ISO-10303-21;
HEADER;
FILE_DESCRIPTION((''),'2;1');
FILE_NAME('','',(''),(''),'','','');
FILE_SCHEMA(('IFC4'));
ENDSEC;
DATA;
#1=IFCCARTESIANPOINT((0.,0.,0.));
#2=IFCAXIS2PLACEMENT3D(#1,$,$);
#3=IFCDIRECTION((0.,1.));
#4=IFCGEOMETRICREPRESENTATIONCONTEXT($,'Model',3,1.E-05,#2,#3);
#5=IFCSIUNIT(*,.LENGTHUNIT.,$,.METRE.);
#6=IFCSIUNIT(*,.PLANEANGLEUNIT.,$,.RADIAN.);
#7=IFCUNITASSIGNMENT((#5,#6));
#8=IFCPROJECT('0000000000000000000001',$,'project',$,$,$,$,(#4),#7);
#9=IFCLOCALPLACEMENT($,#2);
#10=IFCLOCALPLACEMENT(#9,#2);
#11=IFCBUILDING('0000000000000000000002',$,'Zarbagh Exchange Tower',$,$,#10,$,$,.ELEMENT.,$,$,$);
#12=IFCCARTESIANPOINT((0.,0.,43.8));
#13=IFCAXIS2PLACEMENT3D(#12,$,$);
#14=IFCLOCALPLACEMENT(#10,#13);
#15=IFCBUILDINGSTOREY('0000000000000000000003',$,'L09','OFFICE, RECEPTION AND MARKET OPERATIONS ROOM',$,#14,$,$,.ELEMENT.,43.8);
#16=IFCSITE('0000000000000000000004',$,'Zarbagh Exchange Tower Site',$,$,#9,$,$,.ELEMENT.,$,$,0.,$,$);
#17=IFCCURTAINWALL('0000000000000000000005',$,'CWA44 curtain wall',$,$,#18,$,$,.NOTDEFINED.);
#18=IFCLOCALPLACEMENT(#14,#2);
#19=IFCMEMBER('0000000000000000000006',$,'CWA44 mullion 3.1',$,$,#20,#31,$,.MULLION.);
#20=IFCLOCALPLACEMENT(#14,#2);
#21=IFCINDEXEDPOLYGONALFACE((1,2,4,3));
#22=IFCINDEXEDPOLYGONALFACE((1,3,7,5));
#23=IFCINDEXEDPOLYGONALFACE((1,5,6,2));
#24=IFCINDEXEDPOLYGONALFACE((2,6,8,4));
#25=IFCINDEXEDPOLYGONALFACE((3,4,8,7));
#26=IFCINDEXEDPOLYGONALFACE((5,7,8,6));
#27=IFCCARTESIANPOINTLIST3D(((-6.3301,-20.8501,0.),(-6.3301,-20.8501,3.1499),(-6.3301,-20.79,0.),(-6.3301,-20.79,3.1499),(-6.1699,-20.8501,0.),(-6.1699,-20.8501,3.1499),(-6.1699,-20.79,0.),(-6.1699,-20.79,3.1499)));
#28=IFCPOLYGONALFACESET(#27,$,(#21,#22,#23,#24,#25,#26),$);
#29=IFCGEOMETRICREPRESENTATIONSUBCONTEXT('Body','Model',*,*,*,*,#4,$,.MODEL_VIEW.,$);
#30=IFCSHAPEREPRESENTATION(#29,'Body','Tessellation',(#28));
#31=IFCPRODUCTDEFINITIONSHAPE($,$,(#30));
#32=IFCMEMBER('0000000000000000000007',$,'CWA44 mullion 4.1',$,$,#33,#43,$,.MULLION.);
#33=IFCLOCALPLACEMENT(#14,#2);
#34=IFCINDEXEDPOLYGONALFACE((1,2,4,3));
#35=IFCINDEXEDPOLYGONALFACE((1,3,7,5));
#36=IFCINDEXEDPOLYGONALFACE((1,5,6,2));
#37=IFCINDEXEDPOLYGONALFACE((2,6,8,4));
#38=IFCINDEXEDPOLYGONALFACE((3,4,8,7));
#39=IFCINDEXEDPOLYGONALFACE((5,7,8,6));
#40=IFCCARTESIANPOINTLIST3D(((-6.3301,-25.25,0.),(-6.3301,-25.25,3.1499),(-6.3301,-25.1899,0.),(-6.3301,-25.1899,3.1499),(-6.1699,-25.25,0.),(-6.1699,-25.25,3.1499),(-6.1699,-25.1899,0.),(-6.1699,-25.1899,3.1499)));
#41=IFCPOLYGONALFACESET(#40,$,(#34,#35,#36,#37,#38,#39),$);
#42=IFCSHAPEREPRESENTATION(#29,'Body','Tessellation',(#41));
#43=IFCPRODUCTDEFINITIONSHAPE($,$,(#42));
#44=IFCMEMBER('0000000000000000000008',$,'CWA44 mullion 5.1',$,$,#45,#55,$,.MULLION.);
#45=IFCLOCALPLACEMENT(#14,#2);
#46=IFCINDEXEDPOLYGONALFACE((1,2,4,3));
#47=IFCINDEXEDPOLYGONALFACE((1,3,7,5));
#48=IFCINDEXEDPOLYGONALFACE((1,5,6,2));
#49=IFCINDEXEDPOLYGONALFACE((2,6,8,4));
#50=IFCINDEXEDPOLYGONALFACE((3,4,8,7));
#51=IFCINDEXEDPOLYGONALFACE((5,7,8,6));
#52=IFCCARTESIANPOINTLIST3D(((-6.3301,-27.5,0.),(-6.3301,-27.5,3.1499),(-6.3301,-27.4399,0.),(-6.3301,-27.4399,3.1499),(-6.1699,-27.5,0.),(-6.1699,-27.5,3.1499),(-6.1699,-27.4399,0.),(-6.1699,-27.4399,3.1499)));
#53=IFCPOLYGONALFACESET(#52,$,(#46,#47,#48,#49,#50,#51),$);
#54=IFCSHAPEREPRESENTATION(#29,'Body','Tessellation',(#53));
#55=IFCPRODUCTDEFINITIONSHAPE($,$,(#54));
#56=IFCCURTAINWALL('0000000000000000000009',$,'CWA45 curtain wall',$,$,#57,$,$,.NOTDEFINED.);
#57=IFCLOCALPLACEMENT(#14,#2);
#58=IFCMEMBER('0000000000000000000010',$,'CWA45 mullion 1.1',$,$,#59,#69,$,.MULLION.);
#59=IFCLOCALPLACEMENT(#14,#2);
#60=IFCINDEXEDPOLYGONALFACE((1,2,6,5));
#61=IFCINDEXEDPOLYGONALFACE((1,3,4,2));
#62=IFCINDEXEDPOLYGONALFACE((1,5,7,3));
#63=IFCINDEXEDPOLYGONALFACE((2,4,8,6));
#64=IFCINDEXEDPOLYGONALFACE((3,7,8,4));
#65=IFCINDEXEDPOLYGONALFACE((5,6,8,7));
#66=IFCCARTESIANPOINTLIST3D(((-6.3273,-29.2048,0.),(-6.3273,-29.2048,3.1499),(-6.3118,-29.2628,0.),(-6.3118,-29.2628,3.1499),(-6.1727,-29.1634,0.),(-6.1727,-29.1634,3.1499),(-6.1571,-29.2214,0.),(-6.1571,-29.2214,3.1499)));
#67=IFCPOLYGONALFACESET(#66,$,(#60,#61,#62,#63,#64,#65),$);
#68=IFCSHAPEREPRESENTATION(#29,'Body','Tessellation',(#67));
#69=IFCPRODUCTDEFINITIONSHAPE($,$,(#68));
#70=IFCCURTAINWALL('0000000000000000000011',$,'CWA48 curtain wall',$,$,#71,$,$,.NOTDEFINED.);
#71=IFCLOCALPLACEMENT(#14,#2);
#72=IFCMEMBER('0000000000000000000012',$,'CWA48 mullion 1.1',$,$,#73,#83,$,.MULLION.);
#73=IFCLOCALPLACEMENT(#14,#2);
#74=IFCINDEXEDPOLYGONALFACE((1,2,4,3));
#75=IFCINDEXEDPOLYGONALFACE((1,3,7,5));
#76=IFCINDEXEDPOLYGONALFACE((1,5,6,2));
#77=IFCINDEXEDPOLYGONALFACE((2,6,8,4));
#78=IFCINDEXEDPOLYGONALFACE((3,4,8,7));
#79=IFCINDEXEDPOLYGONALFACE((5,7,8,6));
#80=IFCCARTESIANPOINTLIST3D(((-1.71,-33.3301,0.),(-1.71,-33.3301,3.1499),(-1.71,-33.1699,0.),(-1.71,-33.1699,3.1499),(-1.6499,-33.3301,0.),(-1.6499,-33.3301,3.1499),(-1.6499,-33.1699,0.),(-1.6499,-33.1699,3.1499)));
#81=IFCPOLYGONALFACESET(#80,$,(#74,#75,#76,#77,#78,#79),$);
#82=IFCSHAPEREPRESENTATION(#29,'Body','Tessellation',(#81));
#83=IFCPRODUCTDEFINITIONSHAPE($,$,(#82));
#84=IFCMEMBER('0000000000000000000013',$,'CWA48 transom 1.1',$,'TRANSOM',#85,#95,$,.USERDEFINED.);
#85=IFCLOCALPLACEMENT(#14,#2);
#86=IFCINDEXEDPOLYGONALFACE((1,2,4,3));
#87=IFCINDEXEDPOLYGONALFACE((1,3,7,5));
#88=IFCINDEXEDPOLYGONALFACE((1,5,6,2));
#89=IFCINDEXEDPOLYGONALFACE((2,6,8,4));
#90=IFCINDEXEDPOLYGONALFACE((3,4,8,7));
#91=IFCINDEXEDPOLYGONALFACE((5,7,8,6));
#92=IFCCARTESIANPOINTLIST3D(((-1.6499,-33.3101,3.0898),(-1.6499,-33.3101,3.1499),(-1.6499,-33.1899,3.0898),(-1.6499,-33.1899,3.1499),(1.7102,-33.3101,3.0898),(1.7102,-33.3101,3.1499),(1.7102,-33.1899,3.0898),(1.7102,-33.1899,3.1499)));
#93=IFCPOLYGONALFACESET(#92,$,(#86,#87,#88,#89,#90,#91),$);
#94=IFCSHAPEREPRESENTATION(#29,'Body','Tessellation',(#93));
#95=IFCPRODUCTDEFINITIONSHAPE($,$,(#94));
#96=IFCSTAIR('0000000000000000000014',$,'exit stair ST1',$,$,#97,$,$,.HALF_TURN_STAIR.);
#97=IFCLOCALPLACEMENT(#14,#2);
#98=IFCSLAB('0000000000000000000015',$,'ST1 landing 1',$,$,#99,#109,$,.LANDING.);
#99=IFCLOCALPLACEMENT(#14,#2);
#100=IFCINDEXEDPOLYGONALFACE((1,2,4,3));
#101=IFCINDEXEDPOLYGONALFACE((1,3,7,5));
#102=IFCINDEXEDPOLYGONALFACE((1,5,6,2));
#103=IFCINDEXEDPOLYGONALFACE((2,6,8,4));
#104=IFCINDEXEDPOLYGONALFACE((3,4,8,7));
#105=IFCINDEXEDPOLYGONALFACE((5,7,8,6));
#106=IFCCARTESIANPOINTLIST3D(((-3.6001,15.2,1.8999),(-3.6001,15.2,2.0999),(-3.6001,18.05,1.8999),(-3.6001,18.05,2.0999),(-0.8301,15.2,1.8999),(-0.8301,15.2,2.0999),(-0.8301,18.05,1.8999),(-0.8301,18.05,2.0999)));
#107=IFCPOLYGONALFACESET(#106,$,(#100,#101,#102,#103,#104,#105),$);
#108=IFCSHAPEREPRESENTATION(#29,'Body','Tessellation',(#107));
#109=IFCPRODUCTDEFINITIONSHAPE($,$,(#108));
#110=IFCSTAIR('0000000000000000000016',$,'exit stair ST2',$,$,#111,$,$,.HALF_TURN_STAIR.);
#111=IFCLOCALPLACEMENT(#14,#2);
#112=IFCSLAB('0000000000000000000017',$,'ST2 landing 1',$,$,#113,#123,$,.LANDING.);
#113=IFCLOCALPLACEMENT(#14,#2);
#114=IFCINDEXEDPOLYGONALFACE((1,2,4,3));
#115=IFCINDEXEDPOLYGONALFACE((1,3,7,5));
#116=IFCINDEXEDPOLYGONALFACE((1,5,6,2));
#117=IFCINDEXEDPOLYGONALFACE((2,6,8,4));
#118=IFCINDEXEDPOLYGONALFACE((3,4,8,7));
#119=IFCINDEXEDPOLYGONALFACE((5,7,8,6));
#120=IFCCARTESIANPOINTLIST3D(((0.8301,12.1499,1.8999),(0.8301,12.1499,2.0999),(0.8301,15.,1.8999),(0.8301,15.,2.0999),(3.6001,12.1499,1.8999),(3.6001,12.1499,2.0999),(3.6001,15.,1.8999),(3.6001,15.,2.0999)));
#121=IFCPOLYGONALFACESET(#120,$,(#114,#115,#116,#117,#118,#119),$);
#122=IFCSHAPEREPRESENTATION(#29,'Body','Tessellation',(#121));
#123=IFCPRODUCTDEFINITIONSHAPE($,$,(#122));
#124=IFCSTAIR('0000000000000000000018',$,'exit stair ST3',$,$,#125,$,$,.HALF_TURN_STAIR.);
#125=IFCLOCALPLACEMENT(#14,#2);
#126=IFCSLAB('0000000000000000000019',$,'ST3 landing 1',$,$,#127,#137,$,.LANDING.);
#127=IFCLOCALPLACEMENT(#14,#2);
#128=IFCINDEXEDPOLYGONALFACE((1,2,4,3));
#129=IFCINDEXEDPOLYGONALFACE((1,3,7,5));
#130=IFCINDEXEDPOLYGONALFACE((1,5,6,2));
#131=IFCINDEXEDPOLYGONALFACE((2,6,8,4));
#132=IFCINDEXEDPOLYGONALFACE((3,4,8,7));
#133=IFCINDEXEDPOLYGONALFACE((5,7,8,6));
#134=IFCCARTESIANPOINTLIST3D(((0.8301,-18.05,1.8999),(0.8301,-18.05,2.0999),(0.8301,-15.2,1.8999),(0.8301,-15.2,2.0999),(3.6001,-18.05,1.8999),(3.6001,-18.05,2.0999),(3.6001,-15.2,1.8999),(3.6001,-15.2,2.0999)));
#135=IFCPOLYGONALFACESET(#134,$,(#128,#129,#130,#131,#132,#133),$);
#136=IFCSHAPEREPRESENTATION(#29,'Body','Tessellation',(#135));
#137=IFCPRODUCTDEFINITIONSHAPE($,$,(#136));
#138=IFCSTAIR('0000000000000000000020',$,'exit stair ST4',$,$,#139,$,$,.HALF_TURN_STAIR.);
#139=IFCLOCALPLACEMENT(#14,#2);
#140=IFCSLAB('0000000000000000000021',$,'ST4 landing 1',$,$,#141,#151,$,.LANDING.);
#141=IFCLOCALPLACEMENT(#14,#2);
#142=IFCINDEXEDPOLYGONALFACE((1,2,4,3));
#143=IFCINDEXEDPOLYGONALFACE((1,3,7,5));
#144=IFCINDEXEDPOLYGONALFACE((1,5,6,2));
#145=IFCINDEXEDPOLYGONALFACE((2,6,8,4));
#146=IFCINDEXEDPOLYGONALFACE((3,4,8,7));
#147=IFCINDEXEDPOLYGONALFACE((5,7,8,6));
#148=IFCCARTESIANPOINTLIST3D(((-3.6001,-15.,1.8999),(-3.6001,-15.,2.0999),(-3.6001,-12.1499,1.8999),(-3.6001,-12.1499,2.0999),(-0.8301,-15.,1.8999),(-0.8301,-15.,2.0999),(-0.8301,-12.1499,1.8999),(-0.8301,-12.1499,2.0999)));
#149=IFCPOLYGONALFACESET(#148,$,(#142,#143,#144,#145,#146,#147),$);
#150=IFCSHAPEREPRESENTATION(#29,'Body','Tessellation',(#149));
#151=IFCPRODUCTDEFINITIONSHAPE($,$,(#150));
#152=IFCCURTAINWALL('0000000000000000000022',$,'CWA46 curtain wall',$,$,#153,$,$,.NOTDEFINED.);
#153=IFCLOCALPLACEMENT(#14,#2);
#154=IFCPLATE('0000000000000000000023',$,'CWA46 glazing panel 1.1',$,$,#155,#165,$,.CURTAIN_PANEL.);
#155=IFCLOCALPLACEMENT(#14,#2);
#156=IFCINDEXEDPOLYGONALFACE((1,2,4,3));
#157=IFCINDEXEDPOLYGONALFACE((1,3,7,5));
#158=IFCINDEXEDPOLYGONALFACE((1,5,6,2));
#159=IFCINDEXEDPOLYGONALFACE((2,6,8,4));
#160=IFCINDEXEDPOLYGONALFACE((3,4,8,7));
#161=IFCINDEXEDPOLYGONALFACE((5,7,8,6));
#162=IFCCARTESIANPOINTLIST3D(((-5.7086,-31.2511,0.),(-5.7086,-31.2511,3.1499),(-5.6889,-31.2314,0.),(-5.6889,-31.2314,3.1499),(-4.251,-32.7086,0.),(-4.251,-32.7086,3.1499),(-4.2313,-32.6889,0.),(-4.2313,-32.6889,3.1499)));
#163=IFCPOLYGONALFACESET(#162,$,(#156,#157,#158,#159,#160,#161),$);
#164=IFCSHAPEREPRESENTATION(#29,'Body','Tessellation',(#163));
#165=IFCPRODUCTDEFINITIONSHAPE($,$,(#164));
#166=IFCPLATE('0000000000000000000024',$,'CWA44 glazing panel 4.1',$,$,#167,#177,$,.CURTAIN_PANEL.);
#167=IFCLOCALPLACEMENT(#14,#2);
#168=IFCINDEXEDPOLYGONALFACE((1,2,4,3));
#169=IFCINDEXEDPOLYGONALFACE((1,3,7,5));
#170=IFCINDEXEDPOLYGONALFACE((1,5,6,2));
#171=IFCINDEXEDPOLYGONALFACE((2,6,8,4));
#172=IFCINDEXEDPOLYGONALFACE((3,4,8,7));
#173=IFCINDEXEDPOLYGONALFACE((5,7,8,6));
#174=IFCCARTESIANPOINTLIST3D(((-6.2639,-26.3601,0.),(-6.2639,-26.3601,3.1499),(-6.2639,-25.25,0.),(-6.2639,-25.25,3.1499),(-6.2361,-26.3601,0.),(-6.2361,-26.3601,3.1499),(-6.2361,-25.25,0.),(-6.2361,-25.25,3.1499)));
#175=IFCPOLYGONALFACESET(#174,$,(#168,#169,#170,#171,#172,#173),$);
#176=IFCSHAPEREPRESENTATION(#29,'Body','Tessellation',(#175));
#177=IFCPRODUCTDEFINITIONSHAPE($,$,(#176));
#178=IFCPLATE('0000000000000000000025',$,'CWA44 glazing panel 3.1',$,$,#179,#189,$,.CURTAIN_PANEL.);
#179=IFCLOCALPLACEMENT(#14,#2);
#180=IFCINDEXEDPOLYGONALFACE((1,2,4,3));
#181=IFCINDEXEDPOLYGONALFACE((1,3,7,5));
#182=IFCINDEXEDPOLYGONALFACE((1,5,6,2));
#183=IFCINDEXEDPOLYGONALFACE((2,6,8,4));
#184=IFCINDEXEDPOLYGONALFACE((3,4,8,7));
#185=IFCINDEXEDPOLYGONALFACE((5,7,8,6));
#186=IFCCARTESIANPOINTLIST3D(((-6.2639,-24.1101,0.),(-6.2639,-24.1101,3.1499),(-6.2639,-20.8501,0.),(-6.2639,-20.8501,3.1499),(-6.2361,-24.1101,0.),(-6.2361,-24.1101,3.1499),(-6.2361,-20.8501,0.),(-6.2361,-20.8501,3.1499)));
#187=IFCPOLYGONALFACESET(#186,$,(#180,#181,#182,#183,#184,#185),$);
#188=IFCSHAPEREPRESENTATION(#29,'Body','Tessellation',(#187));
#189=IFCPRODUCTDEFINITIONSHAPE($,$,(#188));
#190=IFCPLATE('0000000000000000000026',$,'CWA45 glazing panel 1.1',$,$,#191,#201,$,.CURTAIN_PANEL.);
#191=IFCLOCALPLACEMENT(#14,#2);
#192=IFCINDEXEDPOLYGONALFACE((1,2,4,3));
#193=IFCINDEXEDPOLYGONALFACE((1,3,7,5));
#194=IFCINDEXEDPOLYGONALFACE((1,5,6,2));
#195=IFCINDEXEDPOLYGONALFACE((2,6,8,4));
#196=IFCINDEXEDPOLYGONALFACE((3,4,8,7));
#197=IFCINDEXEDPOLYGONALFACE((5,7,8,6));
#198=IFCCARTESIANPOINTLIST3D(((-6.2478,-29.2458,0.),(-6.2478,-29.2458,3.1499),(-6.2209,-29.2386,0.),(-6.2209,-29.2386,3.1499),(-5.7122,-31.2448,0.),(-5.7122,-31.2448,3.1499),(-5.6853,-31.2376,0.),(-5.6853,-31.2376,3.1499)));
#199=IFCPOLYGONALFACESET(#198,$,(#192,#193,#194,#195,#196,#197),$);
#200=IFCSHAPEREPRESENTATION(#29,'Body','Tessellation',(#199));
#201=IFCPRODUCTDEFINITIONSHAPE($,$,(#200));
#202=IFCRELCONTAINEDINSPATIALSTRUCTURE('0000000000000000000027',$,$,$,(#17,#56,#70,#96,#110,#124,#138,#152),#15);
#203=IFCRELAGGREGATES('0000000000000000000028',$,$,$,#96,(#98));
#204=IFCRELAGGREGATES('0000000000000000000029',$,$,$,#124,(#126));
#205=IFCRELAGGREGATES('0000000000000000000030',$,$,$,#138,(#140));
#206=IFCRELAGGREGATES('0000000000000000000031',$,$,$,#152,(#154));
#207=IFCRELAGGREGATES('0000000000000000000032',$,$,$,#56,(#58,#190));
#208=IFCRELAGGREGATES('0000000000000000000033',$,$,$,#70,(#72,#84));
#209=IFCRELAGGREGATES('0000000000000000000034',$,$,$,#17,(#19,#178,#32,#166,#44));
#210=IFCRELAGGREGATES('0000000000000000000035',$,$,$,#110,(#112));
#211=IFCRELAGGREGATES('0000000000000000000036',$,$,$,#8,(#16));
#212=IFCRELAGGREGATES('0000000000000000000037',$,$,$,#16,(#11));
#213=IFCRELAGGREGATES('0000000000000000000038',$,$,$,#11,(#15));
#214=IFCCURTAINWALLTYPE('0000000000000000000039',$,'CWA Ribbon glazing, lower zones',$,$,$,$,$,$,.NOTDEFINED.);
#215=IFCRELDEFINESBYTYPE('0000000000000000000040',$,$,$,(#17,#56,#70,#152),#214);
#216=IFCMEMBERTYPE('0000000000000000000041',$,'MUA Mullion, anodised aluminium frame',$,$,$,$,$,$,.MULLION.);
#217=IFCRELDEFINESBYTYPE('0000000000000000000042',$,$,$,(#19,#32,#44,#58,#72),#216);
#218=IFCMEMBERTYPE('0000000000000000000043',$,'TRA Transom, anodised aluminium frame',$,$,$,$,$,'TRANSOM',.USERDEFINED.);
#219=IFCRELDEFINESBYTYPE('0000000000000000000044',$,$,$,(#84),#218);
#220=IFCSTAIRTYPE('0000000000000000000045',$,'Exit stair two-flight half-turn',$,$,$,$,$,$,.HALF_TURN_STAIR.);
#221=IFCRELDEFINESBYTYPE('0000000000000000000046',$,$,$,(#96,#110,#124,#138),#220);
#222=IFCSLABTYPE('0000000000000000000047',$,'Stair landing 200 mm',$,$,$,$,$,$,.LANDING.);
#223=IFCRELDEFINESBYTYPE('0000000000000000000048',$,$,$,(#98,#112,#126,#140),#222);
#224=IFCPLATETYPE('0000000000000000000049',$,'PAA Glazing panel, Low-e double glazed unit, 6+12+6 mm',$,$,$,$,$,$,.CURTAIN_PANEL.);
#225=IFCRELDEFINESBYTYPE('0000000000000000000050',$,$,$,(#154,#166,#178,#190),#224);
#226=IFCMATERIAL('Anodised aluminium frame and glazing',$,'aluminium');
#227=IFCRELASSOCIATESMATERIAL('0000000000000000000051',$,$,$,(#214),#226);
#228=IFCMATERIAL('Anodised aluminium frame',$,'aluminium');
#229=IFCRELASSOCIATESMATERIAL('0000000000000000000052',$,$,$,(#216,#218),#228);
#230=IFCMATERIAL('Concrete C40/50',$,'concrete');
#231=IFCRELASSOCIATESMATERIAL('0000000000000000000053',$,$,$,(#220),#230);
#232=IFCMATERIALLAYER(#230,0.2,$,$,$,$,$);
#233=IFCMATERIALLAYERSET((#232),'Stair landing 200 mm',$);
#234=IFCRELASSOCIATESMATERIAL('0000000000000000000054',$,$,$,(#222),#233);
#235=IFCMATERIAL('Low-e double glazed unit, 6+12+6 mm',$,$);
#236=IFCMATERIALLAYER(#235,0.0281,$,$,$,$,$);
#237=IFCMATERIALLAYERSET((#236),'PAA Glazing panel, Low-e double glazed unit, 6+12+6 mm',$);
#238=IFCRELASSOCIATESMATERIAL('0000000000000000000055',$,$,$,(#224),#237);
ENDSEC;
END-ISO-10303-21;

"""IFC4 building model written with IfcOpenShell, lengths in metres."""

from ifc_helpers import new_model, si_unit, direction, frame, origin, place, context, subcontext, project, spatial, polyline, outline, extrude, source, transform, mapped, material, layer, layer_set, type_object, element, aggregate, save


model = new_model("IFC4")

# Units and contexts
model_context = context("Model", 3, precision=1e-05, world=origin(), true_north=direction((0.0, 1.0)))
body_context = subcontext(model_context, "Body", "Model", "MODEL_VIEW")
ifc_project = project(units=[si_unit("LENGTHUNIT", "METRE"), si_unit("PLANEANGLEUNIT", "RADIAN")], contexts=[model_context])

# Site, building, storey
site_placement = place(None, origin())
site = spatial("IfcSite", under=ifc_project, at=site_placement, Name="Zarbagh Exchange Tower Site", CompositionType="ELEMENT", RefElevation=0.0)
building_placement = place(site_placement, origin())
building = spatial("IfcBuilding", under=site, at=building_placement, Name="Zarbagh Exchange Tower", CompositionType="ELEMENT")
storey_placement = place(building_placement, frame((0.0, 0.0, 43.8)))
storey = spatial("IfcBuildingStorey", under=building, at=storey_placement, Name="L09", Description="OFFICE, RECEPTION AND MARKET OPERATIONS ROOM", CompositionType="ELEMENT", Elevation=43.8)

# Curtain wall, members
ifc_material_1 = material(Name="Anodised aluminium frame and glazing", Category="aluminium")
curtain_wall_type = type_object("IfcCurtainWallType", Name="CWA Ribbon glazing, lower zones", PredefinedType="NOTDEFINED", material=ifc_material_1)
curtain_wall_1_placement = place(storey_placement, origin())
curtain_wall_1 = element("IfcCurtainWall", 1, at=curtain_wall_1_placement, inside=storey, type_object=curtain_wall_type, Name="CWA44 curtain wall", PredefinedType="NOTDEFINED")
ifc_material_2 = material(Name="Anodised aluminium frame", Category="aluminium")
member_type_1 = type_object("IfcMemberType", Name="MUA Mullion, anodised aluminium frame", PredefinedType="MULLION", material=ifc_material_2)
shared_shape_1 = source(origin(), body_context, "Body", "SweptSolid", [
    extrude(outline(polyline([(0.0, -0.0801), (0.0601, -0.0801), (0.0601, 0.0801), (0.0, 0.0801), (0.0, -0.0801)])), origin(), (0.0, 0.0, 1.0), 3.1499),
])
placement = place(storey_placement, origin())
member_1 = element("IfcMember", 2, at=placement, type_object=member_type_1, Name="CWA44 mullion 3.1", PredefinedType="MULLION", context=body_context, shape_type="MappedRepresentation", body=[
    mapped(shared_shape_1, transform((-6.25, -20.79, 0.0), x_axis=(0.0, -1.0, 0.0), y_axis=(1.0, 0.0, 0.0), z_axis=(0.0, 0.0, 1.0))),
])
member_2 = element("IfcMember", 3, at=placement, type_object=member_type_1, Name="CWA44 mullion 4.1", PredefinedType="MULLION", context=body_context, shape_type="MappedRepresentation", body=[
    mapped(shared_shape_1, transform((-6.25, -25.1899, 0.0), x_axis=(0.0, -1.0, 0.0), y_axis=(1.0, 0.0, 0.0), z_axis=(0.0, 0.0, 1.0))),
])
member_3 = element("IfcMember", 4, at=placement, type_object=member_type_1, Name="CWA44 mullion 5.1", PredefinedType="MULLION", context=body_context, shape_type="MappedRepresentation", body=[
    mapped(shared_shape_1, transform((-6.25, -27.4399, 0.0), x_axis=(0.0, -1.0, 0.0), y_axis=(1.0, 0.0, 0.0), z_axis=(0.0, 0.0, 1.0))),
])

# Curtain wall, member
curtain_wall_2_placement = place(storey_placement, origin())
curtain_wall_2 = element("IfcCurtainWall", 5, at=curtain_wall_2_placement, inside=storey, type_object=curtain_wall_type, Name="CWA45 curtain wall", PredefinedType="NOTDEFINED")
member_4 = element("IfcMember", 6, at=placement, type_object=member_type_1, Name="CWA45 mullion 1.1", PredefinedType="MULLION", context=body_context, shape_type="MappedRepresentation", body=[
    mapped(shared_shape_1, transform((-6.25, -29.1841, 0.0), x_axis=(0.258825, -0.965924, 0.0), y_axis=(0.965924, 0.258825, 0.0), z_axis=(0.0, 0.0, 1.0))),
])

# Curtain wall, members
curtain_wall_3_placement = place(storey_placement, origin())
curtain_wall_3 = element("IfcCurtainWall", 7, at=curtain_wall_3_placement, inside=storey, type_object=curtain_wall_type, Name="CWA48 curtain wall", PredefinedType="NOTDEFINED")
member_5 = element("IfcMember", 8, at=placement, type_object=member_type_1, Name="CWA48 mullion 1.1", PredefinedType="MULLION", context=body_context, shape_type="MappedRepresentation", body=[
    mapped(shared_shape_1, transform((-1.71, -33.25, 0.0), x_axis=(1.0, 0.0, 0.0), y_axis=(0.0, 1.0, 0.0), z_axis=(0.0, 0.0, 1.0))),
])
member_type_2 = type_object("IfcMemberType", Name="TRA Transom, anodised aluminium frame", ElementType="TRANSOM", PredefinedType="USERDEFINED", material=ifc_material_2)
shared_shape_2 = source(origin(), body_context, "Body", "SweptSolid", [
    extrude(outline(polyline([(-0.0601, -0.0601), (0.0, -0.0601), (0.0, 0.0601), (-0.0601, 0.0601), (-0.0601, -0.0601)])), origin(), (0.0, 0.0, 1.0), 3.3601),
])
member_6 = element("IfcMember", 9, at=placement, type_object=member_type_2, Name="CWA48 transom 1.1", ObjectType="TRANSOM", PredefinedType="USERDEFINED", context=body_context, shape_type="MappedRepresentation", body=[
    mapped(shared_shape_2, transform((-1.6499, -33.25, 3.1499), x_axis=(0.0, 0.0, 1.0), y_axis=(0.0, -1.0, 0.0), z_axis=(1.0, 0.0, 0.0))),
])

# Stairs, slabs
ifc_material_3 = material(Name="Concrete C40/50", Category="concrete")
stair_type = type_object("IfcStairType", Name="Exit stair two-flight half-turn", PredefinedType="HALF_TURN_STAIR", material=ifc_material_3)
stair_1_placement = place(storey_placement, origin())
stair_1 = element("IfcStair", 10, at=stair_1_placement, inside=storey, type_object=stair_type, Name="exit stair ST1", PredefinedType="HALF_TURN_STAIR")
ifc_layer_1 = layer(ifc_material_3, 0.2)
ifc_layer_set_1 = layer_set([ifc_layer_1], Name="Stair landing 200 mm")
slab_type = type_object("IfcSlabType", Name="Stair landing 200 mm", PredefinedType="LANDING", material=ifc_layer_set_1)
slab_1_placement = place(storey_placement, frame((0.0, 0.0, 1.8999)))
slab_1 = element("IfcSlab", 11, at=slab_1_placement, type_object=slab_type, Name="ST1 landing 1", PredefinedType="LANDING", context=body_context, shape_type="SweptSolid", body=[
    extrude(outline(polyline([(-0.8301, 18.05), (-3.6001, 18.05), (-3.6001, 15.2), (-0.8301, 15.2), (-0.8301, 18.05)])), origin(), (0.0, 0.0, 1.0), 0.2),
])
aggregate(stair_1, [slab_1])
stair_2_placement = place(storey_placement, origin())
stair_2 = element("IfcStair", 12, at=stair_2_placement, inside=storey, type_object=stair_type, Name="exit stair ST2", PredefinedType="HALF_TURN_STAIR")
slab_2_placement = place(storey_placement, frame((0.0, 0.0, 1.8999)))
slab_2 = element("IfcSlab", 13, at=slab_2_placement, type_object=slab_type, Name="ST2 landing 1", PredefinedType="LANDING", context=body_context, shape_type="SweptSolid", body=[
    extrude(outline(polyline([(0.8301, 12.1499), (3.6001, 12.1499), (3.6001, 15.0), (0.8301, 15.0), (0.8301, 12.1499)])), origin(), (0.0, 0.0, 1.0), 0.2),
])
stair_3_placement = place(storey_placement, origin())
stair_3 = element("IfcStair", 14, at=stair_3_placement, inside=storey, type_object=stair_type, Name="exit stair ST3", PredefinedType="HALF_TURN_STAIR")
slab_3_placement = place(storey_placement, frame((0.0, 0.0, 1.8999)))
slab_3 = element("IfcSlab", 15, at=slab_3_placement, type_object=slab_type, Name="ST3 landing 1", PredefinedType="LANDING", context=body_context, shape_type="SweptSolid", body=[
    extrude(outline(polyline([(0.8301, -18.05), (3.6001, -18.05), (3.6001, -15.2), (0.8301, -15.2), (0.8301, -18.05)])), origin(), (0.0, 0.0, 1.0), 0.2),
])
aggregate(stair_3, [slab_3])
stair_4_placement = place(storey_placement, origin())
stair_4 = element("IfcStair", 16, at=stair_4_placement, inside=storey, type_object=stair_type, Name="exit stair ST4", PredefinedType="HALF_TURN_STAIR")
slab_4_placement = place(storey_placement, frame((0.0, 0.0, 1.8999)))
slab_4 = element("IfcSlab", 17, at=slab_4_placement, type_object=slab_type, Name="ST4 landing 1", PredefinedType="LANDING", context=body_context, shape_type="SweptSolid", body=[
    extrude(outline(polyline([(-0.8301, -12.1499), (-3.6001, -12.1499), (-3.6001, -15.0), (-0.8301, -15.0), (-0.8301, -12.1499)])), origin(), (0.0, 0.0, 1.0), 0.2),
])
aggregate(stair_4, [slab_4])

# Curtain wall, plate
curtain_wall_4_placement = place(storey_placement, origin())
curtain_wall_4 = element("IfcCurtainWall", 18, at=curtain_wall_4_placement, inside=storey, type_object=curtain_wall_type, Name="CWA46 curtain wall", PredefinedType="NOTDEFINED")
ifc_material_4 = material(Name="Low-e double glazed unit, 6+12+6 mm")
ifc_layer_2 = layer(ifc_material_4, 0.0281)
ifc_layer_set_2 = layer_set([ifc_layer_2], Name="PAA Glazing panel, Low-e double glazed unit, 6+12+6 mm")
plate_type = type_object("IfcPlateType", Name="PAA Glazing panel, Low-e double glazed unit, 6+12+6 mm", PredefinedType="CURTAIN_PANEL", material=ifc_layer_set_2)
shared_shape_3 = source(origin(), body_context, "Body", "SweptSolid", [
    extrude(outline(polyline([(0.0, -0.0139), (2.0613, -0.0139), (2.0613, 0.0139), (0.0, 0.0139), (0.0, -0.0139)])), origin(), (0.0, 0.0, 1.0), 3.1499),
])
plate_1 = element("IfcPlate", 19, at=placement, type_object=plate_type, Name="CWA46 glazing panel 1.1", PredefinedType="CURTAIN_PANEL", context=body_context, shape_type="MappedRepresentation", body=[
    mapped(shared_shape_3, transform((-5.6987, -31.2412, 0.0), x_axis=(0.707107, -0.707107, 0.0), y_axis=(0.707107, 0.707107, 0.0), z_axis=(0.0, 0.0, 1.0))),
])
aggregate(curtain_wall_4, [plate_1])

# Plates
shared_shape_4 = source(origin(), body_context, "Body", "SweptSolid", [
    extrude(outline(polyline([(0.0, -0.0139), (1.1101, -0.0139), (1.1101, 0.0139), (0.0, 0.0139), (0.0, -0.0139)])), origin(), (0.0, 0.0, 1.0), 3.1499),
])
plate_2 = element("IfcPlate", 20, at=placement, type_object=plate_type, Name="CWA44 glazing panel 4.1", PredefinedType="CURTAIN_PANEL", context=body_context, shape_type="MappedRepresentation", body=[
    mapped(shared_shape_4, transform((-6.25, -25.25, 0.0), x_axis=(0.0, -1.0, 0.0), y_axis=(1.0, 0.0, 0.0), z_axis=(0.0, 0.0, 1.0))),
])
shared_shape_5 = source(origin(), body_context, "Body", "SweptSolid", [
    extrude(outline(polyline([(0.0, -0.0139), (3.26, -0.0139), (3.26, 0.0139), (0.0, 0.0139), (0.0, -0.0139)])), origin(), (0.0, 0.0, 1.0), 3.1499),
])
plate_3 = element("IfcPlate", 21, at=placement, type_object=plate_type, Name="CWA44 glazing panel 3.1", PredefinedType="CURTAIN_PANEL", context=body_context, shape_type="MappedRepresentation", body=[
    mapped(shared_shape_5, transform((-6.25, -20.8501, 0.0), x_axis=(0.0, -1.0, 0.0), y_axis=(1.0, 0.0, 0.0), z_axis=(0.0, 0.0, 1.0))),
])
shared_shape_6 = source(origin(), body_context, "Body", "SweptSolid", [
    extrude(outline(polyline([(0.0, -0.0139), (2.0696, -0.0139), (2.0696, 0.0139), (0.0, 0.0139), (0.0, -0.0139)])), origin(), (0.0, 0.0, 1.0), 3.1499),
])
plate_4 = element("IfcPlate", 22, at=placement, type_object=plate_type, Name="CWA45 glazing panel 1.1", PredefinedType="CURTAIN_PANEL", context=body_context, shape_type="MappedRepresentation", body=[
    mapped(shared_shape_6, transform((-6.2344, -29.2422, 0.0), x_axis=(0.258825, -0.965924, 0.0), y_axis=(0.965924, 0.258825, 0.0), z_axis=(0.0, 0.0, 1.0))),
])
aggregate(curtain_wall_2, [member_4, plate_4])

aggregate(curtain_wall_3, [member_5, member_6])
aggregate(curtain_wall_1, [member_1, plate_3, member_2, plate_2, member_3])

aggregate(stair_2, [slab_2])

save(model, "model.ifc")
